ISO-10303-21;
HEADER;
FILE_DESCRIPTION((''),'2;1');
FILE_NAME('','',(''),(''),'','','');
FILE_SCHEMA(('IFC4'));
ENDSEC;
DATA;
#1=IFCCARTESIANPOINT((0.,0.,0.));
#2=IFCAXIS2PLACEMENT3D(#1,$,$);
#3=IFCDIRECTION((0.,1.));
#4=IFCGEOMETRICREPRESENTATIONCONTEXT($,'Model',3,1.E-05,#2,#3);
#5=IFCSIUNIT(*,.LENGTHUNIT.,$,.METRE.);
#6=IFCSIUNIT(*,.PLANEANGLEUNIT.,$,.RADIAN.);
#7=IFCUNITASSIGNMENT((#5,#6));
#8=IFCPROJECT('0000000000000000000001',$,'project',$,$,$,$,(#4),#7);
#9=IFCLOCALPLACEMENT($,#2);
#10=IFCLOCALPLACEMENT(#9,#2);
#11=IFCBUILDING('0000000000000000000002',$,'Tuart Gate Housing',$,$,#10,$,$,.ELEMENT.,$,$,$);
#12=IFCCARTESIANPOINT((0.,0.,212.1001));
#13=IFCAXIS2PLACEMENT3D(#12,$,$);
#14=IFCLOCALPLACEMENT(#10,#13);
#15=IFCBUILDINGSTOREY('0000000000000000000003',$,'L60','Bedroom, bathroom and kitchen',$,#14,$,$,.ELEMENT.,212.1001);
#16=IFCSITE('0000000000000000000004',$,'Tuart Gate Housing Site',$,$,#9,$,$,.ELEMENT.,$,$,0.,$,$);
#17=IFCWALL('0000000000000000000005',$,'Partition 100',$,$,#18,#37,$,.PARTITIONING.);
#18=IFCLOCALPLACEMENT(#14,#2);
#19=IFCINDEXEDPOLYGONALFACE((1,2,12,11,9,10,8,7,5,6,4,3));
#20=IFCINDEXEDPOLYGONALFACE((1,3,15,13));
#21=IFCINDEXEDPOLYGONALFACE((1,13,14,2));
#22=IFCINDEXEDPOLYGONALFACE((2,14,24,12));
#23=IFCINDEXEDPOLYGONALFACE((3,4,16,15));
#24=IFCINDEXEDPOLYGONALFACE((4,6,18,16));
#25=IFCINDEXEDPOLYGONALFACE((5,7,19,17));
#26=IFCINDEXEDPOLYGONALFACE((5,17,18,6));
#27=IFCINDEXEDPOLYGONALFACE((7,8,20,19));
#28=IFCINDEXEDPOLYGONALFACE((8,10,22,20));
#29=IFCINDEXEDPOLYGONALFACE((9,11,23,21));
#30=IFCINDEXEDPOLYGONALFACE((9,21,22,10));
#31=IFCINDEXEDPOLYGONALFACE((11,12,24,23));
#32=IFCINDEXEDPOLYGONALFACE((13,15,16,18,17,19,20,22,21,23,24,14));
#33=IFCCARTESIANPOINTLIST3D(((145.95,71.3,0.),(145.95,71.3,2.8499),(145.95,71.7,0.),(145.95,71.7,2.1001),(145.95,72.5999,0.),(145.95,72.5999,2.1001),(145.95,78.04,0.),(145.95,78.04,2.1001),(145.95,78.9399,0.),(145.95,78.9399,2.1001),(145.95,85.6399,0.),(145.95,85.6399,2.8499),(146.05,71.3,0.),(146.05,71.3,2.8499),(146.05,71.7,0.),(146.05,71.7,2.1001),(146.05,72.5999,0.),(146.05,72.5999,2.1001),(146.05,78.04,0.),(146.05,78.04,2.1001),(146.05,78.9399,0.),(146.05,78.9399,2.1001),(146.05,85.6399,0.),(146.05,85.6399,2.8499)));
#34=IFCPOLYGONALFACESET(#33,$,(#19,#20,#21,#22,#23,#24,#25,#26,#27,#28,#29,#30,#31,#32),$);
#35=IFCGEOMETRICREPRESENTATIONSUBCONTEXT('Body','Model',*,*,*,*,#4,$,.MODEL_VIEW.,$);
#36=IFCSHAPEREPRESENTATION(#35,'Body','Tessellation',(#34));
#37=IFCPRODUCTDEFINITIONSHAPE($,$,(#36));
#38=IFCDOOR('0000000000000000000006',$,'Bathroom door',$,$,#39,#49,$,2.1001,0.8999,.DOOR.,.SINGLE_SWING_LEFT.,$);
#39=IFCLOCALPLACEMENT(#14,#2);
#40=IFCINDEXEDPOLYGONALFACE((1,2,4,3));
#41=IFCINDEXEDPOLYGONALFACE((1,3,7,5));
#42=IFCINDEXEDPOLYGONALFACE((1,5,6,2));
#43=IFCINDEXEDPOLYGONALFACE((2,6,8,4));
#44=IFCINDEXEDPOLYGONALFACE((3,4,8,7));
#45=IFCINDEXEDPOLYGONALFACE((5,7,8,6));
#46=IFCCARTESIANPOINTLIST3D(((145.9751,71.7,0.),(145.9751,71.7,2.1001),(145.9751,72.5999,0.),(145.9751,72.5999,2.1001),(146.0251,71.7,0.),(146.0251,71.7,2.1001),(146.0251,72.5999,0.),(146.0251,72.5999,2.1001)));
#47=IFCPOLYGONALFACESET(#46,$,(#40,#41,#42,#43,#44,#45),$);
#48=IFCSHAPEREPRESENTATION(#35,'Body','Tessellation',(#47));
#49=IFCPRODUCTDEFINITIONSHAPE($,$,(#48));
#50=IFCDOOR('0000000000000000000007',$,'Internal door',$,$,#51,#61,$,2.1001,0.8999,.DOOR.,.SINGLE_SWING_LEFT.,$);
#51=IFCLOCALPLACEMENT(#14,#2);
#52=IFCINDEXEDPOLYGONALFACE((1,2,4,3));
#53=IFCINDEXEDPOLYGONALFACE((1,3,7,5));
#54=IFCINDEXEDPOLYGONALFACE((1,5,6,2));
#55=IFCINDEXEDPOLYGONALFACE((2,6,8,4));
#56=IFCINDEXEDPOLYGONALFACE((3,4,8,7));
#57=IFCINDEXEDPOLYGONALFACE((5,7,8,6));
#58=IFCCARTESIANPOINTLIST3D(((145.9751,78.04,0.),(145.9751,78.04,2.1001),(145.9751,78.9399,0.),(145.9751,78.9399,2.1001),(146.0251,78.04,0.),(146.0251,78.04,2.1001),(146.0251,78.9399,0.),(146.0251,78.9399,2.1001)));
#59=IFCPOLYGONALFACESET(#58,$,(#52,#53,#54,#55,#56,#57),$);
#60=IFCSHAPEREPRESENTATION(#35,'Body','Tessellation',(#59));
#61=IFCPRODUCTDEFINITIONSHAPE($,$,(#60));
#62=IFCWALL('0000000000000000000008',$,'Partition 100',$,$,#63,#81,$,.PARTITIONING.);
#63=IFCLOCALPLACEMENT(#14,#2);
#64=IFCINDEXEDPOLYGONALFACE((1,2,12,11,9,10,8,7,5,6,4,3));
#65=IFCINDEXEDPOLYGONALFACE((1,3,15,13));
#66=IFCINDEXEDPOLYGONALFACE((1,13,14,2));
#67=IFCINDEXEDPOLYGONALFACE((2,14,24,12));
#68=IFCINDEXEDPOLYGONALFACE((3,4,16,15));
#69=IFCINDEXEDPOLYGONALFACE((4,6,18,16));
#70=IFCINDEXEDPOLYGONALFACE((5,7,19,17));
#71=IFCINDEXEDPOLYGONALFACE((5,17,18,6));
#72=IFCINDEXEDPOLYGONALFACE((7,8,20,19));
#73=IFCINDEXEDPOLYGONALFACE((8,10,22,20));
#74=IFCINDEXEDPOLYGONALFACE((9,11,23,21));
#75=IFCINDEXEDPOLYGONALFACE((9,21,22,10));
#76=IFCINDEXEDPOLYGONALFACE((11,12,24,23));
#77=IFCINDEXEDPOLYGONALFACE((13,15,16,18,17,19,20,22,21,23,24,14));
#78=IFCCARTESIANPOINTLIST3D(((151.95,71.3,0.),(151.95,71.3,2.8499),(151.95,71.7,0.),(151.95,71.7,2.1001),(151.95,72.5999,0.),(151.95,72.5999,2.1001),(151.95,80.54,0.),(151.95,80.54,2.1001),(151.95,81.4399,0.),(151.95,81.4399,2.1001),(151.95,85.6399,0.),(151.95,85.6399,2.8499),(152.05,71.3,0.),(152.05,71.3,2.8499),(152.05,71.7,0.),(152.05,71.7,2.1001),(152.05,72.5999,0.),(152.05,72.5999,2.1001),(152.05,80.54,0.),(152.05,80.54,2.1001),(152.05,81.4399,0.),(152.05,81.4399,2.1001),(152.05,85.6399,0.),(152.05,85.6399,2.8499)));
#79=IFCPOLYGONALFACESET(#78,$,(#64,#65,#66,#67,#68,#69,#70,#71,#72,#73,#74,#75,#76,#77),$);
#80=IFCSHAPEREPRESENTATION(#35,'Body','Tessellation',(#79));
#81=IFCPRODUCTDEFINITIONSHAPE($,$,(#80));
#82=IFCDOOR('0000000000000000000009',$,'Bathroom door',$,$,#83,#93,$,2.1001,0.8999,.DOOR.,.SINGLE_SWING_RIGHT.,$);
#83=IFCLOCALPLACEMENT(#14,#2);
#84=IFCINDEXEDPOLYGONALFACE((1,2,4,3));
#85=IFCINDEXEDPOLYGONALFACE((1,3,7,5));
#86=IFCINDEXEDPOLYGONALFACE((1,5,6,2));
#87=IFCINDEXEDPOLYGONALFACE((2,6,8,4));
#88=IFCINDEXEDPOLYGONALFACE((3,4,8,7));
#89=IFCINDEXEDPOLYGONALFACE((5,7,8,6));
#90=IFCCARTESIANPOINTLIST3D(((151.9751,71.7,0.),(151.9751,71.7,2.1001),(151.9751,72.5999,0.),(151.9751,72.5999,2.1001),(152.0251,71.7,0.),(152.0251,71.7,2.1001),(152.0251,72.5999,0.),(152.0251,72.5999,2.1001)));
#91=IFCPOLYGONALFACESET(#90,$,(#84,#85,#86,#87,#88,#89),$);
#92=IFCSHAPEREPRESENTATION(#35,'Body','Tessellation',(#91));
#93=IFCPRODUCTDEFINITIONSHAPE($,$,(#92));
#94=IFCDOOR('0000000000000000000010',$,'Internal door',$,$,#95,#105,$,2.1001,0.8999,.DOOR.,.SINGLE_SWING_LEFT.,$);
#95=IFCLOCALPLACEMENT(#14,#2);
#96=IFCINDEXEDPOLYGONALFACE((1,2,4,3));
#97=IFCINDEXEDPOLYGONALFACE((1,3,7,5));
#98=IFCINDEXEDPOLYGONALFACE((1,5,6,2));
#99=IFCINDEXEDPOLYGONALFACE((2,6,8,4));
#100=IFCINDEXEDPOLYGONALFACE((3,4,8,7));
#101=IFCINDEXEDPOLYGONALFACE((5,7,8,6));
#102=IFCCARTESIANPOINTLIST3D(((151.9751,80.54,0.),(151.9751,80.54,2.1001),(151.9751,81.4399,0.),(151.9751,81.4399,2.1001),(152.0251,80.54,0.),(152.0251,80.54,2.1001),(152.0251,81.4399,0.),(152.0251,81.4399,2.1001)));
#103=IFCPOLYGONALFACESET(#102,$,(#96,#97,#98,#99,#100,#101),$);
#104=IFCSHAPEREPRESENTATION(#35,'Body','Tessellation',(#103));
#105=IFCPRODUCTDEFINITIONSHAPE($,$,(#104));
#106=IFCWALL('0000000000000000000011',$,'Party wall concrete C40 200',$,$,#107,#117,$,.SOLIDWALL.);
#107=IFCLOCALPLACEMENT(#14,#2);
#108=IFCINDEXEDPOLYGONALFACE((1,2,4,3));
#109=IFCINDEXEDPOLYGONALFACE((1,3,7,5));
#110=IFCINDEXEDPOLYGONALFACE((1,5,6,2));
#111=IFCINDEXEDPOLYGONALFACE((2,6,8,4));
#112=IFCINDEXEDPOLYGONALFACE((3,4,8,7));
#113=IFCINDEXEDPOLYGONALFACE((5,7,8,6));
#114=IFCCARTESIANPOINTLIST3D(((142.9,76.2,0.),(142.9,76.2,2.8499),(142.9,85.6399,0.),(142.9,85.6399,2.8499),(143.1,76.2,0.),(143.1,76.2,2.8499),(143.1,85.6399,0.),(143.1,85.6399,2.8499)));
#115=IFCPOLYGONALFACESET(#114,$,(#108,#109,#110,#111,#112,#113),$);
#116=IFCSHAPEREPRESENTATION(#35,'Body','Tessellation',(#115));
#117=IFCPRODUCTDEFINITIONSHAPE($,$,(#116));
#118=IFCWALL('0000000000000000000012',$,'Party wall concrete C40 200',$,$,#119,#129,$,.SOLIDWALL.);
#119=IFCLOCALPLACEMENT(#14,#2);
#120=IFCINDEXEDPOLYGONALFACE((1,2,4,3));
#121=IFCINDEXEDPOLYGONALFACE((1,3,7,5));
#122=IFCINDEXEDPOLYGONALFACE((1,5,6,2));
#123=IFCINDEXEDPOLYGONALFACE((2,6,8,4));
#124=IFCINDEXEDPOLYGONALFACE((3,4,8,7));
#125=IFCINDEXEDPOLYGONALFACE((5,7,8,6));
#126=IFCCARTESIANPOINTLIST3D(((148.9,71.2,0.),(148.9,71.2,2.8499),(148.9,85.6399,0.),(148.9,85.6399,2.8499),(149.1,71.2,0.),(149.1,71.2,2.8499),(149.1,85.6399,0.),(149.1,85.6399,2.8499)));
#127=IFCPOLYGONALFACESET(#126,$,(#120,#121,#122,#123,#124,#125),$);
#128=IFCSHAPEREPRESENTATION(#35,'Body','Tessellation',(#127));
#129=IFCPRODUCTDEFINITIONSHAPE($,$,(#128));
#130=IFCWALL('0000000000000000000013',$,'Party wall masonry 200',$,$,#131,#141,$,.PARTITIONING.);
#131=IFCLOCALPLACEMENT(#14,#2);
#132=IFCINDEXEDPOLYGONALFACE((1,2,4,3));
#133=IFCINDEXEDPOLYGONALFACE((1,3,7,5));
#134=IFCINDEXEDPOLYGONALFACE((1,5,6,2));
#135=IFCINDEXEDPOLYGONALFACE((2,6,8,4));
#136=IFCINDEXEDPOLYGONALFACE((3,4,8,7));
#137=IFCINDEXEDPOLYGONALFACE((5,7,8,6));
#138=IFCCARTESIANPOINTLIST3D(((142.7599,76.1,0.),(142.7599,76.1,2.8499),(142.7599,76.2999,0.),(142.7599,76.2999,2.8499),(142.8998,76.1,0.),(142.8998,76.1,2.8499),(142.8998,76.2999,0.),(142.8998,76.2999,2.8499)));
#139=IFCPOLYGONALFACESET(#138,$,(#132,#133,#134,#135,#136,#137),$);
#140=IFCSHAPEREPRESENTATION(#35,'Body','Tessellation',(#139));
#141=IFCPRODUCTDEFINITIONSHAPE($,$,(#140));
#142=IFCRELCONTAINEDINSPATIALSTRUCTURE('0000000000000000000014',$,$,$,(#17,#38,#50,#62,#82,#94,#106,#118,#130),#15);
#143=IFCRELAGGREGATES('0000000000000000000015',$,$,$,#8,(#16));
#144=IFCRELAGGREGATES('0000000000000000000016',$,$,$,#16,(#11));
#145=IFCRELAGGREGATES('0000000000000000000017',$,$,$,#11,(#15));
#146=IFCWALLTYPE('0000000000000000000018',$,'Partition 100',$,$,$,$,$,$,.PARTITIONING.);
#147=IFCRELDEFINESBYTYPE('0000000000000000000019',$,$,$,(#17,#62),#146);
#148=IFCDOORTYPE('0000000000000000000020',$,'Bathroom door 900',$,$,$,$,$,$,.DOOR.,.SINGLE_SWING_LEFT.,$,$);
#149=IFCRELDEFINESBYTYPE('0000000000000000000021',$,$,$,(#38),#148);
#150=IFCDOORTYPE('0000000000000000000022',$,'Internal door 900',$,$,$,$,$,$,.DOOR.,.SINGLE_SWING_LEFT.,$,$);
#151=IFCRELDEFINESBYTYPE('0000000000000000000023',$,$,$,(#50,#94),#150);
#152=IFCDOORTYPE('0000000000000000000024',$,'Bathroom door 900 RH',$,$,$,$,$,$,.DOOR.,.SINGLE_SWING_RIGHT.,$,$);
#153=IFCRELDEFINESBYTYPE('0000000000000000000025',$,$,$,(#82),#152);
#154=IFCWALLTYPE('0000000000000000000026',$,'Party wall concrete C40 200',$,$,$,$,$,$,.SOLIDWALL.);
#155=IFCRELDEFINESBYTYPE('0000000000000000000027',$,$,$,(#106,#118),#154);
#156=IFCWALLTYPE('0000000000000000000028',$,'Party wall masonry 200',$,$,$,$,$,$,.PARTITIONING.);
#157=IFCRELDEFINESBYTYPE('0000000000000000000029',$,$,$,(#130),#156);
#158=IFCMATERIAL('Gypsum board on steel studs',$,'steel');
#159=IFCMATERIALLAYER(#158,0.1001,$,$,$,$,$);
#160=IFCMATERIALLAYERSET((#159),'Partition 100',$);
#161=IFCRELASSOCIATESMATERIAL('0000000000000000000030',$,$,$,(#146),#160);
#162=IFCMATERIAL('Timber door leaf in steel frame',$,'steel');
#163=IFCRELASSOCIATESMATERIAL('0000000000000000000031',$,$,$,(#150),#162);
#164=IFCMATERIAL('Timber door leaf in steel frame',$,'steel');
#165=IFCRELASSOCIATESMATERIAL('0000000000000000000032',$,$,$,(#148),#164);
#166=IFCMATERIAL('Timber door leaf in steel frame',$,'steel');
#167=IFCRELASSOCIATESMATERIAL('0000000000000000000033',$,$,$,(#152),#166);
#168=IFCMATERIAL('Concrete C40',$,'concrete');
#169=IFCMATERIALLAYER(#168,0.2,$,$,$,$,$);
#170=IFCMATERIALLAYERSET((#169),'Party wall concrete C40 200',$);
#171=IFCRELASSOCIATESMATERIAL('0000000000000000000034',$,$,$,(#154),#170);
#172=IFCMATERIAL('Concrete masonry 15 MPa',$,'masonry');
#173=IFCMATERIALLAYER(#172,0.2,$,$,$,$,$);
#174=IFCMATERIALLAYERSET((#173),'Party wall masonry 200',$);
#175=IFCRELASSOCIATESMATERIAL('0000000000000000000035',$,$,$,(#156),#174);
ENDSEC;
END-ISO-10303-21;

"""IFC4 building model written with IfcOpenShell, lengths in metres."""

from ifc_helpers import new_model, si_unit, direction, frame, frame_2d, origin, place, context, subcontext, project, spatial, rectangle, extrude, material, layer, layer_set, type_object, element, fill, save


model = new_model("IFC4")

# Units and contexts
model_context = context("Model", 3, precision=1e-05, world=origin(), true_north=direction((0.0, 1.0)))
body_context = subcontext(model_context, "Body", "Model", "MODEL_VIEW")
ifc_project = project(units=[si_unit("LENGTHUNIT", "METRE"), si_unit("PLANEANGLEUNIT", "RADIAN")], contexts=[model_context])

# Site, building, storey
site_placement = place(None, origin())
site = spatial("IfcSite", under=ifc_project, at=site_placement, Name="Tuart Gate Housing Site", CompositionType="ELEMENT", RefElevation=0.0)
building_placement = place(site_placement, origin())
building = spatial("IfcBuilding", under=site, at=building_placement, Name="Tuart Gate Housing", CompositionType="ELEMENT")
storey_placement = place(building_placement, frame((0.0, 0.0, 212.1001)))
storey = spatial("IfcBuildingStorey", under=building, at=storey_placement, Name="L60", Description="Bedroom, bathroom and kitchen", CompositionType="ELEMENT", Elevation=212.1001)

# Shared definitions
ifc_material_1 = material(Name="Gypsum board on steel studs", Category="steel")
ifc_layer_1 = layer(ifc_material_1, 0.1001)
ifc_layer_set_1 = layer_set([ifc_layer_1], Name="Partition 100")
wall_type_1 = type_object("IfcWallType", Name="Partition 100", PredefinedType="PARTITIONING", material=ifc_layer_set_1)

# Shared definitions
ifc_material_2 = material(Name="Timber door leaf in steel frame", Category="steel")
door_type_1 = type_object("IfcDoorType", Name="Internal door 900", OperationType="SINGLE_SWING_LEFT", PredefinedType="DOOR", material=ifc_material_2)

# Walls, openings, doors
wall_1_placement = place(storey_placement, frame((146.0, 71.3, 0.0), z_axis=(0.0, 0.0, 1.0), x_axis=(0.0, 1.0, 0.0)))
wall_1 = element("IfcWall", 1, at=wall_1_placement, inside=storey, type_object=wall_type_1, Name="Partition 100", PredefinedType="PARTITIONING", context=body_context, shape_type="SweptSolid", body=[
    extrude(rectangle(XDim=14.3398, YDim=0.1001, at=frame_2d((7.1699, 0.0))), origin(), (0.0, 0.0, 1.0), 2.8499),
])
opening_1_placement = place(wall_1_placement, frame((6.74, 0.0, 0.0)))
opening_1 = element("IfcOpeningElement", 2, at=opening_1_placement, cuts=wall_1, PredefinedType="OPENING", context=body_context, shape_type="SweptSolid", body=[
    extrude(rectangle(XDim=0.8999, YDim=2.1001, at=frame_2d((0.45, 1.05))), frame((0.0, 0.0601, 0.0), z_axis=(0.0, -1.0, 0.0), x_axis=(1.0, 0.0, 0.0)), (0.0, 0.0, 1.0), 0.1201),
])
opening_2_placement = place(wall_1_placement, frame((0.3999, 0.0, 0.0)))
opening_2 = element("IfcOpeningElement", 3, at=opening_2_placement, cuts=wall_1, PredefinedType="OPENING", context=body_context, shape_type="SweptSolid", body=[
    extrude(rectangle(XDim=0.8999, YDim=2.1001, at=frame_2d((0.45, 1.05))), frame((0.0, 0.0601, 0.0), z_axis=(0.0, -1.0, 0.0), x_axis=(1.0, 0.0, 0.0)), (0.0, 0.0, 1.0), 0.1201),
])
ifc_material_3 = material(Name="Timber door leaf in steel frame", Category="steel")
door_type_2 = type_object("IfcDoorType", Name="Bathroom door 900", OperationType="SINGLE_SWING_LEFT", PredefinedType="DOOR", material=ifc_material_3)
door_1_placement = place(opening_2_placement, origin())
door_1 = element("IfcDoor", 4, at=door_1_placement, inside=storey, type_object=door_type_2, Name="Bathroom door", OperationType="SINGLE_SWING_LEFT", OverallHeight=2.1001, OverallWidth=0.8999, PredefinedType="DOOR", context=body_context, shape_type="SweptSolid", body=[
    extrude(rectangle(XDim=0.8999, YDim=2.1001, at=frame_2d((0.45, 1.05))), frame((0.0, 0.0249, 0.0), z_axis=(0.0, -1.0, 0.0), x_axis=(1.0, 0.0, 0.0)), (0.0, 0.0, 1.0), 0.05),
])
fill(opening_2, door_1)
door_2_placement = place(opening_1_placement, origin())
door_2 = element("IfcDoor", 5, at=door_2_placement, inside=storey, type_object=door_type_1, Name="Internal door", OperationType="SINGLE_SWING_LEFT", OverallHeight=2.1001, OverallWidth=0.8999, PredefinedType="DOOR", context=body_context, shape_type="SweptSolid", body=[
    extrude(rectangle(XDim=0.8999, YDim=2.1001, at=frame_2d((0.45, 1.05))), frame((0.0, 0.0249, 0.0), z_axis=(0.0, -1.0, 0.0), x_axis=(1.0, 0.0, 0.0)), (0.0, 0.0, 1.0), 0.05),
])
fill(opening_1, door_2)
wall_2_placement = place(storey_placement, frame((152.0, 71.3, 0.0), z_axis=(0.0, 0.0, 1.0), x_axis=(0.0, 1.0, 0.0)))
wall_2 = element("IfcWall", 6, at=wall_2_placement, inside=storey, type_object=wall_type_1, Name="Partition 100", PredefinedType="PARTITIONING", context=body_context, shape_type="SweptSolid", body=[
    extrude(rectangle(XDim=14.3398, YDim=0.1001, at=frame_2d((7.1699, 0.0))), origin(), (0.0, 0.0, 1.0), 2.8499),
])
opening_3_placement = place(wall_2_placement, frame((9.24, 0.0, 0.0)))
opening_3 = element("IfcOpeningElement", 7, at=opening_3_placement, cuts=wall_2, PredefinedType="OPENING", context=body_context, shape_type="SweptSolid", body=[
    extrude(rectangle(XDim=0.8999, YDim=2.1001, at=frame_2d((0.45, 1.05))), frame((0.0, 0.0601, 0.0), z_axis=(0.0, -1.0, 0.0), x_axis=(1.0, 0.0, 0.0)), (0.0, 0.0, 1.0), 0.1201),
])
opening_4_placement = place(wall_2_placement, frame((0.3999, 0.0, 0.0)))
opening_4 = element("IfcOpeningElement", 8, at=opening_4_placement, cuts=wall_2, PredefinedType="OPENING", context=body_context, shape_type="SweptSolid", body=[
    extrude(rectangle(XDim=0.8999, YDim=2.1001, at=frame_2d((0.45, 1.05))), frame((0.0, 0.0601, 0.0), z_axis=(0.0, -1.0, 0.0), x_axis=(1.0, 0.0, 0.0)), (0.0, 0.0, 1.0), 0.1201),
])
ifc_material_4 = material(Name="Timber door leaf in steel frame", Category="steel")
door_type_3 = type_object("IfcDoorType", Name="Bathroom door 900 RH", OperationType="SINGLE_SWING_RIGHT", PredefinedType="DOOR", material=ifc_material_4)
door_3_placement = place(opening_4_placement, frame((0.8999, 0.0, 0.0), z_axis=(0.0, 0.0, 1.0), x_axis=(-1.0, 0.0, 0.0)))
door_3 = element("IfcDoor", 9, at=door_3_placement, inside=storey, type_object=door_type_3, Name="Bathroom door", OperationType="SINGLE_SWING_RIGHT", OverallHeight=2.1001, OverallWidth=0.8999, PredefinedType="DOOR", context=body_context, shape_type="SweptSolid", body=[
    extrude(rectangle(XDim=0.8999, YDim=2.1001, at=frame_2d((0.45, 1.05))), frame((0.0, 0.0251, 0.0), z_axis=(0.0, -1.0, 0.0), x_axis=(1.0, 0.0, 0.0)), (0.0, 0.0, 1.0), 0.05),
])
fill(opening_4, door_3)
door_4_placement = place(opening_3_placement, frame((0.8999, 0.0, 0.0), z_axis=(0.0, 0.0, 1.0), x_axis=(-1.0, 0.0, 0.0)))
door_4 = element("IfcDoor", 10, at=door_4_placement, inside=storey, type_object=door_type_1, Name="Internal door", OperationType="SINGLE_SWING_LEFT", OverallHeight=2.1001, OverallWidth=0.8999, PredefinedType="DOOR", context=body_context, shape_type="SweptSolid", body=[
    extrude(rectangle(XDim=0.8999, YDim=2.1001, at=frame_2d((0.45, 1.05))), frame((0.0, 0.0251, 0.0), z_axis=(0.0, -1.0, 0.0), x_axis=(1.0, 0.0, 0.0)), (0.0, 0.0, 1.0), 0.05),
])
fill(opening_3, door_4)

# Walls
ifc_material_5 = material(Name="Concrete C40", Category="concrete")
ifc_layer_2 = layer(ifc_material_5, 0.2)
ifc_layer_set_2 = layer_set([ifc_layer_2], Name="Party wall concrete C40 200")
wall_type_2 = type_object("IfcWallType", Name="Party wall concrete C40 200", PredefinedType="SOLIDWALL", material=ifc_layer_set_2)
wall_3_placement = place(storey_placement, frame((143.0, 76.2, 0.0), z_axis=(0.0, 0.0, 1.0), x_axis=(0.0, 1.0, 0.0)))
element("IfcWall", 11, at=wall_3_placement, inside=storey, type_object=wall_type_2, Name="Party wall concrete C40 200", PredefinedType="SOLIDWALL", context=body_context, shape_type="SweptSolid", body=[
    extrude(rectangle(XDim=9.4399, YDim=0.2, at=frame_2d((4.72, 0.0))), origin(), (0.0, 0.0, 1.0), 2.8499),
])
wall_4_placement = place(storey_placement, frame((149.0, 71.2, 0.0), z_axis=(0.0, 0.0, 1.0), x_axis=(0.0, 1.0, 0.0)))
element("IfcWall", 12, at=wall_4_placement, inside=storey, type_object=wall_type_2, Name="Party wall concrete C40 200", PredefinedType="SOLIDWALL", context=body_context, shape_type="SweptSolid", body=[
    extrude(rectangle(XDim=14.4399, YDim=0.2, at=frame_2d((7.22, 0.0))), origin(), (0.0, 0.0, 1.0), 2.8499),
])
ifc_material_6 = material(Name="Concrete masonry 15 MPa", Category="masonry")
ifc_layer_3 = layer(ifc_material_6, 0.2)
ifc_layer_set_3 = layer_set([ifc_layer_3], Name="Party wall masonry 200")
wall_type_3 = type_object("IfcWallType", Name="Party wall masonry 200", PredefinedType="PARTITIONING", material=ifc_layer_set_3)
wall_5_placement = place(storey_placement, frame((142.76, 76.2, 0.0), z_axis=(0.0, 0.0, 1.0), x_axis=(1.0, 0.0, 0.0)))
element("IfcWall", 13, at=wall_5_placement, inside=storey, type_object=wall_type_3, Name="Party wall masonry 200", PredefinedType="PARTITIONING", context=body_context, shape_type="SweptSolid", body=[
    extrude(rectangle(XDim=0.1399, YDim=0.2, at=frame_2d((0.0698, 0.0))), origin(), (0.0, 0.0, 1.0), 2.8499),
])

save(model, "model.ifc")
